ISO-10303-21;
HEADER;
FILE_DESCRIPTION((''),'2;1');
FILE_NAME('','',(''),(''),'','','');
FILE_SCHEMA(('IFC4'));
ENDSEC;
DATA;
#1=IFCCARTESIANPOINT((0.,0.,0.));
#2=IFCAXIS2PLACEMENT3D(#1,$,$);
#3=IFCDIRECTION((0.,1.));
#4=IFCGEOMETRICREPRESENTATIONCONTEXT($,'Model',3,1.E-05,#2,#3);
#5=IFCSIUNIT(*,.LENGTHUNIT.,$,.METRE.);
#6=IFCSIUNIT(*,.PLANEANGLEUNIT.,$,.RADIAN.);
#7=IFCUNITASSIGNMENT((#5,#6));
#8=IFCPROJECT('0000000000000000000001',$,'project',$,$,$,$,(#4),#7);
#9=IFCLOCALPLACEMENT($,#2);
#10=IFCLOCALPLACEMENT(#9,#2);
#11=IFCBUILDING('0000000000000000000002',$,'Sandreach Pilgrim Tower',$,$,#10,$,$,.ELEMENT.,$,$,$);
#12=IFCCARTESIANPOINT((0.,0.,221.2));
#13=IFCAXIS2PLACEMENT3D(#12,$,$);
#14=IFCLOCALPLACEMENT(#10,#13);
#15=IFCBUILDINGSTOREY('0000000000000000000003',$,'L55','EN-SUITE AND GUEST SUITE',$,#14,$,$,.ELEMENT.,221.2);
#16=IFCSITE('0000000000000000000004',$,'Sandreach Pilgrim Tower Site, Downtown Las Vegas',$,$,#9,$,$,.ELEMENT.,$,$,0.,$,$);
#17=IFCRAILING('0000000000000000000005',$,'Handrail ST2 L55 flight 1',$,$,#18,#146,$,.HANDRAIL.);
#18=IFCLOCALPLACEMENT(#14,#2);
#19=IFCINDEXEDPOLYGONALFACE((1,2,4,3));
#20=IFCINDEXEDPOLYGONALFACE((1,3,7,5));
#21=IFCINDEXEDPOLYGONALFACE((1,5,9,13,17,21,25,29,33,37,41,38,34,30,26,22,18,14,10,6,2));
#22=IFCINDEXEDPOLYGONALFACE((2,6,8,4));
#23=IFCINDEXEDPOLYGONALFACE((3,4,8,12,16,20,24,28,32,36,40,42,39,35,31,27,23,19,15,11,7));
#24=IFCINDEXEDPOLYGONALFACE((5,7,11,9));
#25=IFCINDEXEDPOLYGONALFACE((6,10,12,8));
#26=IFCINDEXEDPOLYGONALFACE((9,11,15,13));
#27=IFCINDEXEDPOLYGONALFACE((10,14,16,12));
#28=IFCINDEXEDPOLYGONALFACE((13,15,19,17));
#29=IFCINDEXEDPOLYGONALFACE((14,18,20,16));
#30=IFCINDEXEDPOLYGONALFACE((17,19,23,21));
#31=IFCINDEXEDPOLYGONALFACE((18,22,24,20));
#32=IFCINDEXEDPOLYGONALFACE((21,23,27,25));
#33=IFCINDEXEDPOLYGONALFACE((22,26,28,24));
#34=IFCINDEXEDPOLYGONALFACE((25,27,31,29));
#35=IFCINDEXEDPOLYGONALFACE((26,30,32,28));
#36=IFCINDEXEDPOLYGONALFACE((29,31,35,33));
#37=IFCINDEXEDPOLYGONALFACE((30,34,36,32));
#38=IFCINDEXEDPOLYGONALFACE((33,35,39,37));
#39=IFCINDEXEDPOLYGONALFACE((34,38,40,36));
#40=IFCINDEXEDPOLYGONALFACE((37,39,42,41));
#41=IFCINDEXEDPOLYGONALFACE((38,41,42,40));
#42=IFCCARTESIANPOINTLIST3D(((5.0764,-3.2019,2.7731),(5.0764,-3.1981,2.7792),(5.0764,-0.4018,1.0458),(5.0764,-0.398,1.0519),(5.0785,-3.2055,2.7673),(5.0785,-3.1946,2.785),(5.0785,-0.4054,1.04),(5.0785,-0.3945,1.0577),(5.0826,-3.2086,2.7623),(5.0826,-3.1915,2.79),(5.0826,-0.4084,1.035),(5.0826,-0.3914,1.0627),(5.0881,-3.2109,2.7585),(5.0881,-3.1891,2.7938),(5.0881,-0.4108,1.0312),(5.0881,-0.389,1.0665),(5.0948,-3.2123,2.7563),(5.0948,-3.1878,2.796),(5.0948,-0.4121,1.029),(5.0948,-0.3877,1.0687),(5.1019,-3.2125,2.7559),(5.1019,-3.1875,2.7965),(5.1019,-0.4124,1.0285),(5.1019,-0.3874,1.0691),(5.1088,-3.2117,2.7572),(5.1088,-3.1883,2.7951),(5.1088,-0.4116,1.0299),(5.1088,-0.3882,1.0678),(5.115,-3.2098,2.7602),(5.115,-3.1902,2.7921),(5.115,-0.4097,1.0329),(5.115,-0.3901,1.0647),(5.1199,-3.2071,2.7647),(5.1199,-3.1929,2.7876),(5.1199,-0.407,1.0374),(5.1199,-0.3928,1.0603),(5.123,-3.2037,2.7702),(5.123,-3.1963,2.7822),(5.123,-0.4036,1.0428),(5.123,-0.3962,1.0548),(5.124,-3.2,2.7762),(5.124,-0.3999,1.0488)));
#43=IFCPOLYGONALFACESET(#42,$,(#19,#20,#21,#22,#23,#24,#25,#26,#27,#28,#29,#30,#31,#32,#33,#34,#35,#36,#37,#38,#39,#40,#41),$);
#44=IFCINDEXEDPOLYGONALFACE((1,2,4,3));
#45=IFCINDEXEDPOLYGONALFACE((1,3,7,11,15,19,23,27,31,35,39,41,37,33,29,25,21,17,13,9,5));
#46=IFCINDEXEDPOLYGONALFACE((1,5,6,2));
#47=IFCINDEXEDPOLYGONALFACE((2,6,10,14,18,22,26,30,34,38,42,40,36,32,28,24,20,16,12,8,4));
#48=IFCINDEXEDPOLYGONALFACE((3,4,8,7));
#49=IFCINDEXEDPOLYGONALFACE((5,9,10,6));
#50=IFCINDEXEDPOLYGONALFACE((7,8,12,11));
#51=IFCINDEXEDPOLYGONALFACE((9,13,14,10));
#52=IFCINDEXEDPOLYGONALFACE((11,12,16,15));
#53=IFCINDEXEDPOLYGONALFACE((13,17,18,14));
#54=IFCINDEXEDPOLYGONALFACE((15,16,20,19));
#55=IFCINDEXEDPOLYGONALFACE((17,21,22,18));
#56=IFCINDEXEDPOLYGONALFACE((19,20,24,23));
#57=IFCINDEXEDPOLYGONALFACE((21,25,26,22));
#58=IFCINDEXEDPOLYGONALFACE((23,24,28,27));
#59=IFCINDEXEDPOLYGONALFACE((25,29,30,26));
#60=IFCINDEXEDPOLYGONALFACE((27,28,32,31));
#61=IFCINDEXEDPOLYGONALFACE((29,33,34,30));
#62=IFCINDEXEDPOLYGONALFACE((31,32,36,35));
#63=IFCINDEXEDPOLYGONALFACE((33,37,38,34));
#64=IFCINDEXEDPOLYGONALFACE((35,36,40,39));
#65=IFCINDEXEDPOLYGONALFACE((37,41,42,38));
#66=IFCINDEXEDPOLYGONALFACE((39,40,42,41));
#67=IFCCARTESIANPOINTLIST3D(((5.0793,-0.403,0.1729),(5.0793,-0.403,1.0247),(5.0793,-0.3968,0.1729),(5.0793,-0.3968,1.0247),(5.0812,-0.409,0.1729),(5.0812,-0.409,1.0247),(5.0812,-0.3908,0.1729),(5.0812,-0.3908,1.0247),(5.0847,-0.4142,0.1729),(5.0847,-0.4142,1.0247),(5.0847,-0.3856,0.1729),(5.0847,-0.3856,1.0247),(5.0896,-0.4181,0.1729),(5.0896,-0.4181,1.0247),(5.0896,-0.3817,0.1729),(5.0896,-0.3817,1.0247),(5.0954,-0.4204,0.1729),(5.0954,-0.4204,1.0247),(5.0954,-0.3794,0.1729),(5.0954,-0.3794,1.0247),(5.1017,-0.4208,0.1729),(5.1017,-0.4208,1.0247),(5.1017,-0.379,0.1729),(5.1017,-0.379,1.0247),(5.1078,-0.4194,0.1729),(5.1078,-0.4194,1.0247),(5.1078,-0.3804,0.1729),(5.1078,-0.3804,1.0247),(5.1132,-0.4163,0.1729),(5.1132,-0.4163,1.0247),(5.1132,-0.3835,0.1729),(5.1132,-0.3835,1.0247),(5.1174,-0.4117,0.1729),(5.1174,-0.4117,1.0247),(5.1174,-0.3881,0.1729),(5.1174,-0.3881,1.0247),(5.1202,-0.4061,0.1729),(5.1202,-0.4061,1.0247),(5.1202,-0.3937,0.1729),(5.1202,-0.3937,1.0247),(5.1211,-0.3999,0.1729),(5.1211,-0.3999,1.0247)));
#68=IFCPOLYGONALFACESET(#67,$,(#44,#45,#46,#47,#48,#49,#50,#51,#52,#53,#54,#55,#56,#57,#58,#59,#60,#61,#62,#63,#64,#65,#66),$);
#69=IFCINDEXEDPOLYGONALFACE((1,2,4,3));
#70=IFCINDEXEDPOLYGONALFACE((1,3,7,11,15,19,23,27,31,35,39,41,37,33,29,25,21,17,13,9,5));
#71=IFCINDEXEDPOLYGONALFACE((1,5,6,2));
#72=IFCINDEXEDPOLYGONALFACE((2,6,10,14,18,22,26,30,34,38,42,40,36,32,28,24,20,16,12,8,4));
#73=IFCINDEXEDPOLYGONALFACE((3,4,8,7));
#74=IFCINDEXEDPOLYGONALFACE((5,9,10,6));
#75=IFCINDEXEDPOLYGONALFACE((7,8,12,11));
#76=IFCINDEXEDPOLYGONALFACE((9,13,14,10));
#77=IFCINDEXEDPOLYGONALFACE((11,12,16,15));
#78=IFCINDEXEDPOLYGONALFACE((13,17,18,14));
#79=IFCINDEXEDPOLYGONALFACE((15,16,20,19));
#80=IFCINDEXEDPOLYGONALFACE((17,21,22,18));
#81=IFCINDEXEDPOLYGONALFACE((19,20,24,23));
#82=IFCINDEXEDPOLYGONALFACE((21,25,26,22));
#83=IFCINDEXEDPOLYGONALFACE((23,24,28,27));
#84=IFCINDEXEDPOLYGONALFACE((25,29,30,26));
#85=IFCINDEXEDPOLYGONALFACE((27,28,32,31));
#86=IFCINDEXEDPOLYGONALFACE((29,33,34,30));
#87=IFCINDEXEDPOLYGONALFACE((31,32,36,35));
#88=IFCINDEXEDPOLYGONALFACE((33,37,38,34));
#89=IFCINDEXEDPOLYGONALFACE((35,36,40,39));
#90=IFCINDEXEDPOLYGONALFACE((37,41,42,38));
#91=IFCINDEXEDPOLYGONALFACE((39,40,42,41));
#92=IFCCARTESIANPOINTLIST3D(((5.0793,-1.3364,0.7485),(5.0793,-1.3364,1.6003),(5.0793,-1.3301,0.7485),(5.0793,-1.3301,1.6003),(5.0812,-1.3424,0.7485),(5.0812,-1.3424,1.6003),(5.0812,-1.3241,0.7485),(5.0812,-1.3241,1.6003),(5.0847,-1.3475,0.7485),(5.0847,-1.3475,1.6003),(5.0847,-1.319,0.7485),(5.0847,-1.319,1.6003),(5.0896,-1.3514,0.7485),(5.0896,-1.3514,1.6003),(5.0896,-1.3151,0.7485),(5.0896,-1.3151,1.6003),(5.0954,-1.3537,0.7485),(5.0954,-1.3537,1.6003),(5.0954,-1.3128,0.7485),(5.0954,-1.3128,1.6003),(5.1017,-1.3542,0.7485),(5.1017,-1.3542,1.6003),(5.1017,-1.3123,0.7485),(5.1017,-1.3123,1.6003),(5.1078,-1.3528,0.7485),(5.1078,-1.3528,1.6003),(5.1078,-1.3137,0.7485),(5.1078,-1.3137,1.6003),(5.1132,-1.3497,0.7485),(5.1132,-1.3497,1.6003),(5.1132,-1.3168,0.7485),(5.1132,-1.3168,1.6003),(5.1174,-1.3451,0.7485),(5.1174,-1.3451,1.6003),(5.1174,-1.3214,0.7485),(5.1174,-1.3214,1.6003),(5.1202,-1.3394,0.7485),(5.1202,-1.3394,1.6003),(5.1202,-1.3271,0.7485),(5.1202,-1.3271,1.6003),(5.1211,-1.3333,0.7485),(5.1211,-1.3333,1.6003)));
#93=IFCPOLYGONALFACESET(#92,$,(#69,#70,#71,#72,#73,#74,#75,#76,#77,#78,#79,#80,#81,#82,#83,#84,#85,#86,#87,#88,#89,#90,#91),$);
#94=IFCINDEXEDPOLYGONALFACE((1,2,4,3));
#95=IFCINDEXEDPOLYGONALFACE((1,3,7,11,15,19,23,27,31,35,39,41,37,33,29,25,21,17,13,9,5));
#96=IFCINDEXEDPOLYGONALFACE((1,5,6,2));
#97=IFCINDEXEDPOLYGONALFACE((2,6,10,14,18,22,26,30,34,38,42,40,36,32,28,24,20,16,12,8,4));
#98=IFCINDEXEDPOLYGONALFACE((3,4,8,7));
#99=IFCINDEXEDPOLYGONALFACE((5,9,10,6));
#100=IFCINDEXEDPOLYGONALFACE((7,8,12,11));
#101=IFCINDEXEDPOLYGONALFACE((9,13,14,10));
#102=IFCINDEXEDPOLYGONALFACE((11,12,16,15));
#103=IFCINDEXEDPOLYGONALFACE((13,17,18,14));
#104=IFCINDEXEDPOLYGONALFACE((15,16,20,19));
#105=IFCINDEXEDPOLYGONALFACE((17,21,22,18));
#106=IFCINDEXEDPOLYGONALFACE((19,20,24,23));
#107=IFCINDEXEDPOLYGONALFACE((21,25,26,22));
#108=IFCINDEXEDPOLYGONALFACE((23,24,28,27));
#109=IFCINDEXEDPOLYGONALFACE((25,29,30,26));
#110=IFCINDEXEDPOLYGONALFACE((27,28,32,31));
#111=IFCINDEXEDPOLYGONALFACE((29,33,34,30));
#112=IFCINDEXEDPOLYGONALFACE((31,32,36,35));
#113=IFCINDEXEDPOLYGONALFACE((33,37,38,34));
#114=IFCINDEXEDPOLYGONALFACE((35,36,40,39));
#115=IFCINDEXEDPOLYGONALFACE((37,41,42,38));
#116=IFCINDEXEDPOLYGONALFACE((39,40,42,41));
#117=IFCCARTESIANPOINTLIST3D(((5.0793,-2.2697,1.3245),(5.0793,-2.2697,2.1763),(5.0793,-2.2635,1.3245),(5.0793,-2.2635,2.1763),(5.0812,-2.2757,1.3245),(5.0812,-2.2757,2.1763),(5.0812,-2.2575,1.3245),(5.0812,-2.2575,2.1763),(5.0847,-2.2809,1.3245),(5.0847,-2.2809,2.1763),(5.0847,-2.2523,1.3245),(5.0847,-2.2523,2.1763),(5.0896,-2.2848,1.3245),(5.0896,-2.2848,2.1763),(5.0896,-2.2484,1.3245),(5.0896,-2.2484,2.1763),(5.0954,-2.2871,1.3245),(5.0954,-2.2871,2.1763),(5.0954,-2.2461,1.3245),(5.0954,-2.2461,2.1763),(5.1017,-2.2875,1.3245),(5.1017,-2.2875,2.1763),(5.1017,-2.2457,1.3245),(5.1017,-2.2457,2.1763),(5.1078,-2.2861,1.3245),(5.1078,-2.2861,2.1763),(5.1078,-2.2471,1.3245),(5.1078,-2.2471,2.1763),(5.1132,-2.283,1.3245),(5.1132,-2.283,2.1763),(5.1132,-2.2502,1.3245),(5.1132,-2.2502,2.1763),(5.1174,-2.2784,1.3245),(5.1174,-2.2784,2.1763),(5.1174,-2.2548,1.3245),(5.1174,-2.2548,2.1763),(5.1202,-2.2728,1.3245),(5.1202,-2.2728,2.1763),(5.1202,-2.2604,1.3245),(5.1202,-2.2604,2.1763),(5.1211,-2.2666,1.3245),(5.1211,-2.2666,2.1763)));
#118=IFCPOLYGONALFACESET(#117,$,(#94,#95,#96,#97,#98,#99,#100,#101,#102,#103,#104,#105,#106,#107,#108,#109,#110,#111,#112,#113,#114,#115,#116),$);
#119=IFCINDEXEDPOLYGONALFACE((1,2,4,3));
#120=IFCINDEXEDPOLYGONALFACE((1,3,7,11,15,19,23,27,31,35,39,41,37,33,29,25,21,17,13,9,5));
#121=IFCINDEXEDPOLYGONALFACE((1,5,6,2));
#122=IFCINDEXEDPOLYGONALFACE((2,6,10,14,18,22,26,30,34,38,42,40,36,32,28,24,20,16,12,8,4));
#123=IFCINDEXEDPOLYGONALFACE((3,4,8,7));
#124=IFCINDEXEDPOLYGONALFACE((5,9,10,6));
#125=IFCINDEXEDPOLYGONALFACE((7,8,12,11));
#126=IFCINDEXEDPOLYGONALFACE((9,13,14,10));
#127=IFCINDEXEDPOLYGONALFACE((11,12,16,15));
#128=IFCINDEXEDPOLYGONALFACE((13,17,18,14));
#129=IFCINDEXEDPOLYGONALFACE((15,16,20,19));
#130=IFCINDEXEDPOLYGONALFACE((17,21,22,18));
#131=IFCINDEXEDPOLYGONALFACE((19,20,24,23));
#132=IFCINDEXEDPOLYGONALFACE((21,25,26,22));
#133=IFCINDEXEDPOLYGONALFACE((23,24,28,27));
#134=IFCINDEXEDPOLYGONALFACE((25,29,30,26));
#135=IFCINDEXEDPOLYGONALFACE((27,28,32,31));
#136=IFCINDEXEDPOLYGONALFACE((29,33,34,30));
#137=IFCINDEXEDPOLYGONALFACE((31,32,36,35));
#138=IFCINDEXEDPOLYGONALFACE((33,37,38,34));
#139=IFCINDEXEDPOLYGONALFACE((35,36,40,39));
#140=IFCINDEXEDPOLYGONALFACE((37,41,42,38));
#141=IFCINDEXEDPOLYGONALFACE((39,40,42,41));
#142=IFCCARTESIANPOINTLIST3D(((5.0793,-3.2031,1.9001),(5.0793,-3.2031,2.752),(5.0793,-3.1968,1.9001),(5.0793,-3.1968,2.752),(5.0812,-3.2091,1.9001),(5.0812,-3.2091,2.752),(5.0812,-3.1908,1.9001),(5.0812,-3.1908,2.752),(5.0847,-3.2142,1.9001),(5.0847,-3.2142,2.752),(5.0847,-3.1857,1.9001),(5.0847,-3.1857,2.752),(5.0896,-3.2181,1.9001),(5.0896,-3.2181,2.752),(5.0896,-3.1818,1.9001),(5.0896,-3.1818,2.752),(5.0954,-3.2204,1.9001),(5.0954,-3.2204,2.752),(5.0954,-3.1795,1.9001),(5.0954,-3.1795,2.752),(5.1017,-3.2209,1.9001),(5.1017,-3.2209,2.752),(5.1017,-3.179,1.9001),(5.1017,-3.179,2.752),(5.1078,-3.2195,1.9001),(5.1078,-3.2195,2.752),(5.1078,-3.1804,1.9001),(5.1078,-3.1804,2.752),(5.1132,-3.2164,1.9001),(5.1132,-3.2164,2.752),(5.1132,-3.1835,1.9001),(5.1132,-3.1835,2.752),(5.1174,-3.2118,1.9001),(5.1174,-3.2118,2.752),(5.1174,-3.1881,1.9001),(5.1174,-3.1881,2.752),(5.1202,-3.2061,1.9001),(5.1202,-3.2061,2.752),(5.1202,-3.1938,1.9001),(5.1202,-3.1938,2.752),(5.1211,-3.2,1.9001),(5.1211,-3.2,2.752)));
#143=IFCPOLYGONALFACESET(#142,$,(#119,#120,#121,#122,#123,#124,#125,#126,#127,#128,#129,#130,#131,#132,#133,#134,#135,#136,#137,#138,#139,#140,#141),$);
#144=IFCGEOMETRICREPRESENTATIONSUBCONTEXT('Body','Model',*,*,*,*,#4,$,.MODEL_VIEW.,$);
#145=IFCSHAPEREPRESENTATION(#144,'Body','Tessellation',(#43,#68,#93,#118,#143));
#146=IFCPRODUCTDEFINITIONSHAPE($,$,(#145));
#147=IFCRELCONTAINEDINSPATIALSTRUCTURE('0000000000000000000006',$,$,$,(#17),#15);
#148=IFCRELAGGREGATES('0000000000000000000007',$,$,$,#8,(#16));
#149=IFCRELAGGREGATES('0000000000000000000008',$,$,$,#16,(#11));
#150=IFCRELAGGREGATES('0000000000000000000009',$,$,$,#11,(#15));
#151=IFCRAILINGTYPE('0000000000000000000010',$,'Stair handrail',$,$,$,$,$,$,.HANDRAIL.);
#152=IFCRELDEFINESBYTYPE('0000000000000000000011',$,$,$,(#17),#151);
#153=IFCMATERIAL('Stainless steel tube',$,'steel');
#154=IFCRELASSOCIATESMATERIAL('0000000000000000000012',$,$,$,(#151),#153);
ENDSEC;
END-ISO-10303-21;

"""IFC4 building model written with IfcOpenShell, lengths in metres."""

from ifc_helpers import new_model, si_unit, direction, frame, origin, origin_2d, place, context, subcontext, project, spatial, circle, extrude, material, type_object, element, save


model = new_model("IFC4")

# Units and contexts
model_context = context("Model", 3, precision=1e-05, world=origin(), true_north=direction((0.0, 1.0)))
body_context = subcontext(model_context, "Body", "Model", "MODEL_VIEW")
ifc_project = project(units=[si_unit("LENGTHUNIT", "METRE"), si_unit("PLANEANGLEUNIT", "RADIAN")], contexts=[model_context])

# Site, building, storey
site_placement = place(None, origin())
site = spatial("IfcSite", under=ifc_project, at=site_placement, Name="Sandreach Pilgrim Tower Site, Downtown Las Vegas", CompositionType="ELEMENT", RefElevation=0.0)
building_placement = place(site_placement, origin())
building = spatial("IfcBuilding", under=site, at=building_placement, Name="Sandreach Pilgrim Tower", CompositionType="ELEMENT")
storey_placement = place(building_placement, frame((0.0, 0.0, 221.2)))
storey = spatial("IfcBuildingStorey", under=building, at=storey_placement, Name="L55", Description="EN-SUITE AND GUEST SUITE", CompositionType="ELEMENT", Elevation=221.2)

# Railing
ifc_material_1 = material(Name="Stainless steel tube", Category="steel")
railing_type = type_object("IfcRailingType", Name="Stair handrail", PredefinedType="HANDRAIL", material=ifc_material_1)
for number, where, name in (
    (1, (5.1001, -0.3999, 0.1729), "Handrail ST2 L55 flight 1"),
):
    element("IfcRailing", number, at=place(storey_placement, frame(where)), inside=storey, type_object=railing_type, Name=name, PredefinedType="HANDRAIL", context=body_context, shape_type="SweptSolid", body=[
        extrude(circle(Radius=0.0239, at=origin_2d()), frame((0.0, 0.0, 0.876), z_axis=(0.0, -0.85109, 0.52502), x_axis=(1.0, 0.0, 0.0)), (0.0, 0.0, 1.0), 3.29),
        extrude(circle(Radius=0.021, at=origin_2d()), origin(), (0.0, 0.0, 1.0), 0.8518),
        extrude(circle(Radius=0.021, at=origin_2d()), frame((0.0, -0.9333, 0.5757)), (0.0, 0.0, 1.0), 0.8518),
        extrude(circle(Radius=0.021, at=origin_2d()), frame((0.0, -1.8667, 1.1516)), (0.0, 0.0, 1.0), 0.8518),
        extrude(circle(Radius=0.021, at=origin_2d()), frame((0.0, -2.8, 1.7273)), (0.0, 0.0, 1.0), 0.8518),
    ])

save(model, "model.ifc")
